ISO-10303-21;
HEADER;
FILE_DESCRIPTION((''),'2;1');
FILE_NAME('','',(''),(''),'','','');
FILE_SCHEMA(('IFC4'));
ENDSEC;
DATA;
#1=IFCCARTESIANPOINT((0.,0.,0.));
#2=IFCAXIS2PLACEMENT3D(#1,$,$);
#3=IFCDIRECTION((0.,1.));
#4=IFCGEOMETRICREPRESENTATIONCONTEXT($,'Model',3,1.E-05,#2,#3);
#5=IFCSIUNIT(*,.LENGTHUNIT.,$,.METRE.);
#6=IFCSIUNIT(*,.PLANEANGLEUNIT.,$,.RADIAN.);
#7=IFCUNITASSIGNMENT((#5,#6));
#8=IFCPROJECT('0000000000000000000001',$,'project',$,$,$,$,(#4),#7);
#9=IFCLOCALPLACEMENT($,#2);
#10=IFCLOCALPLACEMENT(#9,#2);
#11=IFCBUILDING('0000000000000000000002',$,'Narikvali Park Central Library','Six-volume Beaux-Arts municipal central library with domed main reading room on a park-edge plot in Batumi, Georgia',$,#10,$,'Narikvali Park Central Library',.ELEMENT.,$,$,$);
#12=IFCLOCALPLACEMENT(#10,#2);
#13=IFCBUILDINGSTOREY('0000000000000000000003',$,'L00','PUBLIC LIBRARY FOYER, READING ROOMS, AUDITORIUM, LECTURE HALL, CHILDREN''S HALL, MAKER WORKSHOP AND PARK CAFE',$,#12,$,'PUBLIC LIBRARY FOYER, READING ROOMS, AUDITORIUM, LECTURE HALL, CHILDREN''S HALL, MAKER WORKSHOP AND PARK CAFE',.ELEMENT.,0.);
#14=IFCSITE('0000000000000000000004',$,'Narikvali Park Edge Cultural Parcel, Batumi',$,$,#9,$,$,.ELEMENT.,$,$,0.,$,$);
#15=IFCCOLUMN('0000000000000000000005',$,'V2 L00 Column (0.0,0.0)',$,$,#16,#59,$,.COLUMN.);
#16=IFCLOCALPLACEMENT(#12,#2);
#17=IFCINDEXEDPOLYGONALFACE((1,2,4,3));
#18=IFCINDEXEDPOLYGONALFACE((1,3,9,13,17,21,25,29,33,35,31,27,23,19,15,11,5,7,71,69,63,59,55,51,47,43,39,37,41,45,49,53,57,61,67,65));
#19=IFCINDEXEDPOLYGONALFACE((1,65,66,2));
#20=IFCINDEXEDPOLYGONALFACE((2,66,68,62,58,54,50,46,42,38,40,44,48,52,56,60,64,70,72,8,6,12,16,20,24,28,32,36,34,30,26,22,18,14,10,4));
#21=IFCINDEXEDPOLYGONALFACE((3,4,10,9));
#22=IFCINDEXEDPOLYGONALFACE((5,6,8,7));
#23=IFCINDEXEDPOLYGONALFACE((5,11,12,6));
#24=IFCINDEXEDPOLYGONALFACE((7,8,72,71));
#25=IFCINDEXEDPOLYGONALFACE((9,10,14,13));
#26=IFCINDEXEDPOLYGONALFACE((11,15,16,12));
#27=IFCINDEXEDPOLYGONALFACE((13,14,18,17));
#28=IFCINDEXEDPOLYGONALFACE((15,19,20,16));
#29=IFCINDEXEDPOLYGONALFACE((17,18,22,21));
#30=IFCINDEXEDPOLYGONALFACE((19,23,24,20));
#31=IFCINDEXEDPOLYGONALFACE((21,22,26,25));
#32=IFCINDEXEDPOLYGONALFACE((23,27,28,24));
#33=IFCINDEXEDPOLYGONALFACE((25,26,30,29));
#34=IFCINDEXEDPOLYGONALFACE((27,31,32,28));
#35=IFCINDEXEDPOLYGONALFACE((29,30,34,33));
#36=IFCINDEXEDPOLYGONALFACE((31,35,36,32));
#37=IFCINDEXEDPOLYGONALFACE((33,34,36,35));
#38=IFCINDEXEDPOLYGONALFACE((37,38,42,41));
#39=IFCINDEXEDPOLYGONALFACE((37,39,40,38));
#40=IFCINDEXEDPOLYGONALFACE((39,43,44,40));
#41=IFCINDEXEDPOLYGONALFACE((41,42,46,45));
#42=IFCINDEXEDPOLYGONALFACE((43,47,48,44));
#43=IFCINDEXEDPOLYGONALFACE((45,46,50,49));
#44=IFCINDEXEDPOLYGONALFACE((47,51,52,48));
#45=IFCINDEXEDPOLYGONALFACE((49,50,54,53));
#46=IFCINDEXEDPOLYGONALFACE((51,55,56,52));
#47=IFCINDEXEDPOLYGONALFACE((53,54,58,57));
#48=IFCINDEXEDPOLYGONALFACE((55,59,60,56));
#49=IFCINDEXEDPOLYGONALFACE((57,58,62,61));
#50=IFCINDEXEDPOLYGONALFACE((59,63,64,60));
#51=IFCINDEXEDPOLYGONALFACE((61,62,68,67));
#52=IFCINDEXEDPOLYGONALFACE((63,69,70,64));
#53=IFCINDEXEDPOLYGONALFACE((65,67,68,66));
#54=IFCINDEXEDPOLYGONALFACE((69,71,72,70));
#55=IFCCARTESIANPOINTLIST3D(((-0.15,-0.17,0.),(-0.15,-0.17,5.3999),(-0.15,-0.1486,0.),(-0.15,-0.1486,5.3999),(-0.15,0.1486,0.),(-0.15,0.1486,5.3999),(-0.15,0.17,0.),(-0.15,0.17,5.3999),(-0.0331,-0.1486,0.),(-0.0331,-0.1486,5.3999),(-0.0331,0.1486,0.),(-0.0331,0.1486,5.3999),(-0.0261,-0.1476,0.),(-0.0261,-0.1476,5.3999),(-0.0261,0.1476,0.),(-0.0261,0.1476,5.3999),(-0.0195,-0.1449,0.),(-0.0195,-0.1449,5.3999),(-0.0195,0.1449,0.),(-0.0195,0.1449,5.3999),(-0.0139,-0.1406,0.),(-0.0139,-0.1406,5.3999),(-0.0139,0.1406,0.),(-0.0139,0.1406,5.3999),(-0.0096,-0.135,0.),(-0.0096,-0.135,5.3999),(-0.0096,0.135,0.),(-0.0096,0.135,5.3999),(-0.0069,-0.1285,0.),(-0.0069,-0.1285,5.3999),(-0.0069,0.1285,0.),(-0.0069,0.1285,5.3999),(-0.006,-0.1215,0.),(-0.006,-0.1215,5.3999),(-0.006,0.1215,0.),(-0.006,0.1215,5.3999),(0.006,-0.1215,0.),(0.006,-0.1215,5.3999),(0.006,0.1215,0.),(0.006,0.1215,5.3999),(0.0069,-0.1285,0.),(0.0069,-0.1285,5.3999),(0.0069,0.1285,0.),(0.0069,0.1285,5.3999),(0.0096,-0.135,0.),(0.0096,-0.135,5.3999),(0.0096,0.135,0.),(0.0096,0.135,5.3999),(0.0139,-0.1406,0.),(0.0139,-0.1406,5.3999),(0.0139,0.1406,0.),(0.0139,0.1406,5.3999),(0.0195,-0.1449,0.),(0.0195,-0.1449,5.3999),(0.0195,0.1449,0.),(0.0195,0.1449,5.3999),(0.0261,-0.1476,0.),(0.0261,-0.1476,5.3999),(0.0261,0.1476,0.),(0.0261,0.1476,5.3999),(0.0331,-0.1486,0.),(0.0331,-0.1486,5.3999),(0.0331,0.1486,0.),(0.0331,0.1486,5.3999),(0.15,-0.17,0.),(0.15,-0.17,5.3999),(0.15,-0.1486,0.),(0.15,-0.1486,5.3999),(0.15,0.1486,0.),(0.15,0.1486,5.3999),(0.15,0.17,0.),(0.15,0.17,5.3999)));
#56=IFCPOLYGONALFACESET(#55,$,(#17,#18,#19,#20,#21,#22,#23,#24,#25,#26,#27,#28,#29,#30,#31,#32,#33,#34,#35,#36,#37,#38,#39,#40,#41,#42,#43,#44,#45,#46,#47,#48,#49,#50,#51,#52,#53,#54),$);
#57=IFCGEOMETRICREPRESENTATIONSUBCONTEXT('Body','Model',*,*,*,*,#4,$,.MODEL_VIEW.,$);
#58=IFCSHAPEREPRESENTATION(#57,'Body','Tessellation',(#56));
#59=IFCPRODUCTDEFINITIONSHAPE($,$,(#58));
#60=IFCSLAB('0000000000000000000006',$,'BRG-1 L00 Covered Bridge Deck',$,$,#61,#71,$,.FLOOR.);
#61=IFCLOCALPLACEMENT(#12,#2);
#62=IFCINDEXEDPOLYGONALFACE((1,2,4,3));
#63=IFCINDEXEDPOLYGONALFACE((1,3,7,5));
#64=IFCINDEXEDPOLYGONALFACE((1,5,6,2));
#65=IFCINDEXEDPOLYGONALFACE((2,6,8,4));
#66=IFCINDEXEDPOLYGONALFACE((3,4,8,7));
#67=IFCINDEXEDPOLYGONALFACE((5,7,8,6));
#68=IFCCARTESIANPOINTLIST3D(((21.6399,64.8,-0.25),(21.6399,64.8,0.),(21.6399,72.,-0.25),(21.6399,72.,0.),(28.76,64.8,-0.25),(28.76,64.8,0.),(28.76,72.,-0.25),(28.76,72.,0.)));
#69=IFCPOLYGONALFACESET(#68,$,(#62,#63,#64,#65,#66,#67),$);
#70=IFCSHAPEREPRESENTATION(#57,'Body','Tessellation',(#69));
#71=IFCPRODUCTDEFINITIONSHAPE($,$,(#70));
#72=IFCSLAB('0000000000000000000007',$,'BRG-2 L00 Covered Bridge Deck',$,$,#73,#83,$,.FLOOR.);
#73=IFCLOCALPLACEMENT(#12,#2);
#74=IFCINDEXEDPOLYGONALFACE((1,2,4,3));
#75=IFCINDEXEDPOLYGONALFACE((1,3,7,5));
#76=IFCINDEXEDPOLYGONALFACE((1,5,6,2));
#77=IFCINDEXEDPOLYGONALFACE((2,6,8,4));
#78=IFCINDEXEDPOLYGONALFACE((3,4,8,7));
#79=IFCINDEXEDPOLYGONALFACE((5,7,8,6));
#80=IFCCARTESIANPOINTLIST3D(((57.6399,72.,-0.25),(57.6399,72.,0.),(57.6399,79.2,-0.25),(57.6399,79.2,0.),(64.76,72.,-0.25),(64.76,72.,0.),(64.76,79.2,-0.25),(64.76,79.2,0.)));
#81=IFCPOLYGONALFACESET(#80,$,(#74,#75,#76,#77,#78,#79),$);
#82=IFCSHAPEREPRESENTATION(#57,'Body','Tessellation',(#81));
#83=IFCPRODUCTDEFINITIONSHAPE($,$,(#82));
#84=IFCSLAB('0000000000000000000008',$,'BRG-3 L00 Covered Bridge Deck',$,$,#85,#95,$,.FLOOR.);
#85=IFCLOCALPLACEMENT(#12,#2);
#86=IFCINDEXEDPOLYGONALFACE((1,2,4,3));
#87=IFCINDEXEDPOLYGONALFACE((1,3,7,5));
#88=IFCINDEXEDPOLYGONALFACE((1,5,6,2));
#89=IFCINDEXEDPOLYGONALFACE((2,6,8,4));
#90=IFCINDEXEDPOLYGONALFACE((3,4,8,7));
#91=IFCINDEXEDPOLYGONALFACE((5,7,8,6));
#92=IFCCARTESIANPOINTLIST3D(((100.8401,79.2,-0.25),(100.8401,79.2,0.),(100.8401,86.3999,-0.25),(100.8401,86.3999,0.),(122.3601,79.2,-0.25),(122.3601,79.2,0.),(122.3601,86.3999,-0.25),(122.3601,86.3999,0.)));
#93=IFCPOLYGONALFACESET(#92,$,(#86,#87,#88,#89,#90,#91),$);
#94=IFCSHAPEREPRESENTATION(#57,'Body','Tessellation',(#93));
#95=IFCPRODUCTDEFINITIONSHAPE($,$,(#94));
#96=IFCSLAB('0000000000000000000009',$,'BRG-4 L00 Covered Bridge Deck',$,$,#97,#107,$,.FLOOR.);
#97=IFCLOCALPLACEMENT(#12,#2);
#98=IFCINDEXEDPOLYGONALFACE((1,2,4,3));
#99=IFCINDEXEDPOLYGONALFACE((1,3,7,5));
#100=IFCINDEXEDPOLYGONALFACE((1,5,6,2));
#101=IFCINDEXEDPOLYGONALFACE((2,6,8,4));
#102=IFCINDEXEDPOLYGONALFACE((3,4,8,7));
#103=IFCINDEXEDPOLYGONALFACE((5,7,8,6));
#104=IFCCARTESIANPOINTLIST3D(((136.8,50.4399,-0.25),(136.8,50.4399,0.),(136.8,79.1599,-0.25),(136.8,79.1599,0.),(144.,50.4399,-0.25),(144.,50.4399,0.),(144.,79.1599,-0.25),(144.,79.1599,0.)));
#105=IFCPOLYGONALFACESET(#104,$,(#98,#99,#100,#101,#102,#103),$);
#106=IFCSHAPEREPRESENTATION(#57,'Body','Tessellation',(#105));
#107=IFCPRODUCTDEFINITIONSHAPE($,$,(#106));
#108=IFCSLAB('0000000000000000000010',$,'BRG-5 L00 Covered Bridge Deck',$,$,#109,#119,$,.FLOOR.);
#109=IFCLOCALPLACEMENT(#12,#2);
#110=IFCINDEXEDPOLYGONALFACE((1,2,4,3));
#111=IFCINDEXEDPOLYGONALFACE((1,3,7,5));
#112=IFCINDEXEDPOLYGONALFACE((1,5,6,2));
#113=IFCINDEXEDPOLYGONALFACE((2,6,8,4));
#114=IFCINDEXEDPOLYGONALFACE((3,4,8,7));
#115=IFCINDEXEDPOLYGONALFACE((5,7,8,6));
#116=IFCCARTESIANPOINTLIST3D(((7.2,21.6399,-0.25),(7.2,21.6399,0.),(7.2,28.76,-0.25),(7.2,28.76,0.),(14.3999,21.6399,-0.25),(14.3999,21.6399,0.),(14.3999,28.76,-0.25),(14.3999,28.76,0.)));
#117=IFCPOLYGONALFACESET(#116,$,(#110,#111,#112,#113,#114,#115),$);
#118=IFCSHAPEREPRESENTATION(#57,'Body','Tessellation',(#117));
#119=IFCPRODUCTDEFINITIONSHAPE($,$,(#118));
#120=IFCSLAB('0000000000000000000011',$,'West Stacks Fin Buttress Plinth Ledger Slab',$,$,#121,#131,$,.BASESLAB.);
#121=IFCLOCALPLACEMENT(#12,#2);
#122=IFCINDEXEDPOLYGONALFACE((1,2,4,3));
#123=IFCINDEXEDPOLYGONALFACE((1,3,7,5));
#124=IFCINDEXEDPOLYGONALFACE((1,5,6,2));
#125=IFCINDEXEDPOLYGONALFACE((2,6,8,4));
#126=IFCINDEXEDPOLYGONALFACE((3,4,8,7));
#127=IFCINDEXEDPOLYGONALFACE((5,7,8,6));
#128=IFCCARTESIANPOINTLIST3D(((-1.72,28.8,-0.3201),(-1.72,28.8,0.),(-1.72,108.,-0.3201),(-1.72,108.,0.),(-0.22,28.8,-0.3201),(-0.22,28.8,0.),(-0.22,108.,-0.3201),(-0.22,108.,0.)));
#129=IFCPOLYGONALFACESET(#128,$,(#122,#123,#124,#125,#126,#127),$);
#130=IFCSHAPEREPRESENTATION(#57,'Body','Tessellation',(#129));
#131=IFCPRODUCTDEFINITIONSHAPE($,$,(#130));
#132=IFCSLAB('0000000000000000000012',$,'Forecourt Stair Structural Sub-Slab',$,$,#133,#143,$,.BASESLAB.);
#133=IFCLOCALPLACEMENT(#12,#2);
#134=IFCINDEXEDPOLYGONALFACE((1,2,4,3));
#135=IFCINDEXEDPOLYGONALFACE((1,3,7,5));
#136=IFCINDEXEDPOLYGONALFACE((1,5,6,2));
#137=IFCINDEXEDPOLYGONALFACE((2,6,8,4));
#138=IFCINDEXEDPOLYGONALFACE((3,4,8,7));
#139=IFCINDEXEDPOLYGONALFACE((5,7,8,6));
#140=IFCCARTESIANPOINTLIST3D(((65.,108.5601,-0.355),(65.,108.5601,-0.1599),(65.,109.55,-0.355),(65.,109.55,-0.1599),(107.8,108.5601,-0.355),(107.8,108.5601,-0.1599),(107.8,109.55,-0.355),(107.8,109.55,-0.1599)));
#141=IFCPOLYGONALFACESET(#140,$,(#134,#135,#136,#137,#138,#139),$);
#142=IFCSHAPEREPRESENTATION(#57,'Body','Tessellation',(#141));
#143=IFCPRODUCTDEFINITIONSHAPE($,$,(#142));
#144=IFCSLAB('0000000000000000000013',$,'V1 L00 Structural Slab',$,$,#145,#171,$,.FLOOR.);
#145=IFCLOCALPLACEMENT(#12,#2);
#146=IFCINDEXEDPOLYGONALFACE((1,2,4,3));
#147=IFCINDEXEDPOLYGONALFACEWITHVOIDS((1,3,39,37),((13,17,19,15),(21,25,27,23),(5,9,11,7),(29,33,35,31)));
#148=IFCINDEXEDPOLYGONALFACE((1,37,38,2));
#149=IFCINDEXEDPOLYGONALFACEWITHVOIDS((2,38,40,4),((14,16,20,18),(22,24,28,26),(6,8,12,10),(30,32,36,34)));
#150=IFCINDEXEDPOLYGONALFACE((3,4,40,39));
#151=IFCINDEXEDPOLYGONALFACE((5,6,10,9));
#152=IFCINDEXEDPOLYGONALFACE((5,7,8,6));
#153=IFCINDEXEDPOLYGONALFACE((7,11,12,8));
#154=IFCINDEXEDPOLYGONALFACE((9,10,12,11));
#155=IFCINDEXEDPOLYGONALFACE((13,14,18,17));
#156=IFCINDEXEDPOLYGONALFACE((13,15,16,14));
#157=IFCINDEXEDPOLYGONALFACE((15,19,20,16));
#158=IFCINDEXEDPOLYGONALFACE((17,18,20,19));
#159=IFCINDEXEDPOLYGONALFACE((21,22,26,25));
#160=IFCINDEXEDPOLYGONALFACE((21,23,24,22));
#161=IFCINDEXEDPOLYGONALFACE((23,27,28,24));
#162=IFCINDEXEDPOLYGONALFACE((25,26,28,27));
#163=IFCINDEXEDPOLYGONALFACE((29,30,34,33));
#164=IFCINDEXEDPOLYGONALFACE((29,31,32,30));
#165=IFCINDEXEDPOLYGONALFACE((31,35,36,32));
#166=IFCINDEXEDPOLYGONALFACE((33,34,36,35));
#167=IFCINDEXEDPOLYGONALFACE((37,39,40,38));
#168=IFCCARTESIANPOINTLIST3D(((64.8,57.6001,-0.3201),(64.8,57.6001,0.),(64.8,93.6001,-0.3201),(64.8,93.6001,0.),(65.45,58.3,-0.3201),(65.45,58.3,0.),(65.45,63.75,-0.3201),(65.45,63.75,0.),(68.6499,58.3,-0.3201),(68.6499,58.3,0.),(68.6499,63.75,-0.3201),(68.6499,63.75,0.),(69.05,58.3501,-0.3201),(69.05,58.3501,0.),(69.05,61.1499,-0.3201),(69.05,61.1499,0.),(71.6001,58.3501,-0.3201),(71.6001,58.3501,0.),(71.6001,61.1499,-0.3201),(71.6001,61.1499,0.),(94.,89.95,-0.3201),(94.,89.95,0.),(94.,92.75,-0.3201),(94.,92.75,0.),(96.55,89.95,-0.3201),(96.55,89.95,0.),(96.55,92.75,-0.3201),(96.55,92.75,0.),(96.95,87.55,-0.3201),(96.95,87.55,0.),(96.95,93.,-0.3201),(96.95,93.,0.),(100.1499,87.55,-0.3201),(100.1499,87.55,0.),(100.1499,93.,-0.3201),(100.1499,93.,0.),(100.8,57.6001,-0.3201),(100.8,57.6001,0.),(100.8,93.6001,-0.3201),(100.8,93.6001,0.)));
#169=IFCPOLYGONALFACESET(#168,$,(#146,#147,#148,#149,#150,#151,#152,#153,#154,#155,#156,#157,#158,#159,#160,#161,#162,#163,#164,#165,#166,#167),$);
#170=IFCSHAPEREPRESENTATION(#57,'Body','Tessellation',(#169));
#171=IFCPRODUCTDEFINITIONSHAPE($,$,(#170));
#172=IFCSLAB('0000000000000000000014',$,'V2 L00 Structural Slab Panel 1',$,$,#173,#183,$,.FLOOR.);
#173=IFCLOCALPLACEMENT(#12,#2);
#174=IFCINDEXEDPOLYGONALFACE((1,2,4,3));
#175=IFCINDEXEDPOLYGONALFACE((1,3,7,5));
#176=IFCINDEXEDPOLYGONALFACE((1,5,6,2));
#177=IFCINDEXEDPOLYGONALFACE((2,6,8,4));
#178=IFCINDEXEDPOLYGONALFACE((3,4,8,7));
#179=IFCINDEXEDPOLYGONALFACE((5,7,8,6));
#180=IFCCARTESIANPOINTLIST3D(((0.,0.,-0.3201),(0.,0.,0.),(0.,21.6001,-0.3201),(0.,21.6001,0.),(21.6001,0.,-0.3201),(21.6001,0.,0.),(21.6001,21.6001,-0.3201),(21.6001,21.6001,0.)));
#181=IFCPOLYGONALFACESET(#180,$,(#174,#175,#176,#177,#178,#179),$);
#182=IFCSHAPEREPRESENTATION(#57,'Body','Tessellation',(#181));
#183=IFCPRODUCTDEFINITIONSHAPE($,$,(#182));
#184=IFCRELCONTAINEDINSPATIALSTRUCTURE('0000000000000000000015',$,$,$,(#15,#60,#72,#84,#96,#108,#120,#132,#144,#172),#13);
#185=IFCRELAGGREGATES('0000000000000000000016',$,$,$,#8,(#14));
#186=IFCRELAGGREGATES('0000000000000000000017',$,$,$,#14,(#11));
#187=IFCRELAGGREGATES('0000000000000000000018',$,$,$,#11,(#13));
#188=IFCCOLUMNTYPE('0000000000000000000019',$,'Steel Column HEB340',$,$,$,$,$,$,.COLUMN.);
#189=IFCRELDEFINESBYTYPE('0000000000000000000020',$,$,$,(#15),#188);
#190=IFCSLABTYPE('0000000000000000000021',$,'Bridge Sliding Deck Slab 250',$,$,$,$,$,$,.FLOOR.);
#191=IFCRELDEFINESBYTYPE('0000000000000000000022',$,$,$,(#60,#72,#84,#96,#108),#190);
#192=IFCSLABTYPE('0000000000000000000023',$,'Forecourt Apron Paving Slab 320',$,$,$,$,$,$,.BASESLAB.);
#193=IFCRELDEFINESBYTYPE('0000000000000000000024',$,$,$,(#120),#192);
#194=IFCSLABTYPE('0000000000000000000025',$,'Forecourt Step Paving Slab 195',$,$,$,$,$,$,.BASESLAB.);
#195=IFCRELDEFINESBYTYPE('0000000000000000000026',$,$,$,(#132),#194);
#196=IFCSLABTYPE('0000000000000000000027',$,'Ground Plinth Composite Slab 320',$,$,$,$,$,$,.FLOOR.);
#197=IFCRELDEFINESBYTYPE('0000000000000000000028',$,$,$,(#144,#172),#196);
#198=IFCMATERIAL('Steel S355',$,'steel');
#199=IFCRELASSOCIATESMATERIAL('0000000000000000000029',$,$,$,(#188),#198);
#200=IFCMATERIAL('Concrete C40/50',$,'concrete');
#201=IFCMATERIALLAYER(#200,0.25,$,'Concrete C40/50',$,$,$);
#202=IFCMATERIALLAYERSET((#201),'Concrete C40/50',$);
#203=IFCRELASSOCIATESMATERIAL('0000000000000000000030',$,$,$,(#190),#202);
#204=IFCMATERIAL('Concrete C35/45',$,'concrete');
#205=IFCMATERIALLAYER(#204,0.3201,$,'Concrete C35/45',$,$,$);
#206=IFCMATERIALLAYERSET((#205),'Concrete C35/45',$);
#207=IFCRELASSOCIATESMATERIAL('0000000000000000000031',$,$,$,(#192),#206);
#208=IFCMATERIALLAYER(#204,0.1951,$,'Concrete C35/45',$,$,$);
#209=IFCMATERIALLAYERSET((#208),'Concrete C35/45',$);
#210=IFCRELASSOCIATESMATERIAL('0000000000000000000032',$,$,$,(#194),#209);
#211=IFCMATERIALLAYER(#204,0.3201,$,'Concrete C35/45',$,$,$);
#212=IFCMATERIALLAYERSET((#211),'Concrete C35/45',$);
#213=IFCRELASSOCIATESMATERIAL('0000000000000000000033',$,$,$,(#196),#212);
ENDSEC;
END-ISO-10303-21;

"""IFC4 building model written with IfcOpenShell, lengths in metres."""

from ifc_helpers import new_model, si_unit, direction, frame, origin, origin_with_axes, origin_2d, place, context, subcontext, project, spatial, polyline, i_section, outline, extrude, material, layer, layer_set, material_profile, profile_set, type_object, element, save


model = new_model("IFC4")

# Units and contexts
model_context = context("Model", 3, precision=1e-05, world=origin(), true_north=direction((0.0, 1.0)))
body_context = subcontext(model_context, "Body", "Model", "MODEL_VIEW")
ifc_project = project(units=[si_unit("LENGTHUNIT", "METRE"), si_unit("PLANEANGLEUNIT", "RADIAN")], contexts=[model_context])

# Site, building, storey
site_placement = place(None, origin())
site = spatial("IfcSite", under=ifc_project, at=site_placement, Name="Narikvali Park Edge Cultural Parcel, Batumi", CompositionType="ELEMENT", RefElevation=0.0)
building_placement = place(site_placement, origin())
building = spatial("IfcBuilding", under=site, at=building_placement, Name="Narikvali Park Central Library", Description="Six-volume Beaux-Arts municipal central library with domed main reading room on a park-edge plot in Batumi, Georgia", LongName="Narikvali Park Central Library", CompositionType="ELEMENT")
storey_placement = place(building_placement, origin())
storey = spatial("IfcBuildingStorey", under=building, at=storey_placement, Name="L00", Description="PUBLIC LIBRARY FOYER, READING ROOMS, AUDITORIUM, LECTURE HALL, CHILDREN'S HALL, MAKER WORKSHOP AND PARK CAFE", LongName="PUBLIC LIBRARY FOYER, READING ROOMS, AUDITORIUM, LECTURE HALL, CHILDREN'S HALL, MAKER WORKSHOP AND PARK CAFE", CompositionType="ELEMENT", Elevation=0.0)

# Column
ifc_material_1 = material(Name="Steel S355", Category="steel")
ifc_material_profile = material_profile(ifc_material_1, i_section(OverallWidth=0.3, OverallDepth=0.3401, WebThickness=0.012, FlangeThickness=0.0215, FilletRadius=0.0271, at=origin_2d()), Name="HEB 340")
ifc_profile_set = profile_set([ifc_material_profile], Name="Steel S355")
column_type = type_object("IfcColumnType", Name="Steel Column HEB340", PredefinedType="COLUMN", material=ifc_profile_set)
column_placement = place(storey_placement, origin_with_axes())
element("IfcColumn", 1, at=column_placement, inside=storey, type_object=column_type, Name="V2 L00 Column (0.0,0.0)", PredefinedType="COLUMN", context=body_context, shape_type="SweptSolid", body=[
    extrude(i_section(OverallWidth=0.3, OverallDepth=0.3401, WebThickness=0.012, FlangeThickness=0.0215, FilletRadius=0.0271, at=origin_2d()), origin(), (0.0, 0.0, 1.0), 5.3999),
])

# Slabs
ifc_material_2 = material(Name="Concrete C40/50", Category="concrete")
ifc_layer_1 = layer(ifc_material_2, 0.25, Name="Concrete C40/50")
ifc_layer_set_1 = layer_set([ifc_layer_1], Name="Concrete C40/50")
slab_type_1 = type_object("IfcSlabType", Name="Bridge Sliding Deck Slab 250", PredefinedType="FLOOR", material=ifc_layer_set_1)
slab_1_placement = place(storey_placement, frame((0.0, 0.0, -0.25)))
element("IfcSlab", 2, at=slab_1_placement, inside=storey, type_object=slab_type_1, Name="BRG-1 L00 Covered Bridge Deck", PredefinedType="FLOOR", context=body_context, shape_type="SweptSolid", body=[
    extrude(outline(polyline([(21.6399, 64.8), (28.76, 64.8), (28.76, 72.0), (21.6399, 72.0), (21.6399, 64.8)])), origin(), (0.0, 0.0, 1.0), 0.25),
])
slab_2_placement = place(storey_placement, frame((0.0, 0.0, -0.25)))
element("IfcSlab", 3, at=slab_2_placement, inside=storey, type_object=slab_type_1, Name="BRG-2 L00 Covered Bridge Deck", PredefinedType="FLOOR", context=body_context, shape_type="SweptSolid", body=[
    extrude(outline(polyline([(57.6399, 72.0), (64.76, 72.0), (64.76, 79.2), (57.6399, 79.2), (57.6399, 72.0)])), origin(), (0.0, 0.0, 1.0), 0.25),
])
slab_3_placement = place(storey_placement, frame((0.0, 0.0, -0.25)))
element("IfcSlab", 4, at=slab_3_placement, inside=storey, type_object=slab_type_1, Name="BRG-3 L00 Covered Bridge Deck", PredefinedType="FLOOR", context=body_context, shape_type="SweptSolid", body=[
    extrude(outline(polyline([(100.8401, 79.2), (122.3601, 79.2), (122.3601, 86.3999), (100.8401, 86.3999), (100.8401, 79.2)])), origin(), (0.0, 0.0, 1.0), 0.25),
])
slab_4_placement = place(storey_placement, frame((0.0, 0.0, -0.25)))
element("IfcSlab", 5, at=slab_4_placement, inside=storey, type_object=slab_type_1, Name="BRG-4 L00 Covered Bridge Deck", PredefinedType="FLOOR", context=body_context, shape_type="SweptSolid", body=[
    extrude(outline(polyline([(136.8, 50.4399), (144.0, 50.4399), (144.0, 79.1599), (136.8, 79.1599), (136.8, 50.4399)])), origin(), (0.0, 0.0, 1.0), 0.25),
])
slab_5_placement = place(storey_placement, frame((0.0, 0.0, -0.25)))
element("IfcSlab", 6, at=slab_5_placement, inside=storey, type_object=slab_type_1, Name="BRG-5 L00 Covered Bridge Deck", PredefinedType="FLOOR", context=body_context, shape_type="SweptSolid", body=[
    extrude(outline(polyline([(7.2, 21.6399), (14.3999, 21.6399), (14.3999, 28.76), (7.2, 28.76), (7.2, 21.6399)])), origin(), (0.0, 0.0, 1.0), 0.25),
])
ifc_material_3 = material(Name="Concrete C35/45", Category="concrete")
ifc_layer_2 = layer(ifc_material_3, 0.3201, Name="Concrete C35/45")
ifc_layer_set_2 = layer_set([ifc_layer_2], Name="Concrete C35/45")
slab_type_2 = type_object("IfcSlabType", Name="Forecourt Apron Paving Slab 320", PredefinedType="BASESLAB", material=ifc_layer_set_2)
slab_6_placement = place(storey_placement, frame((0.0, 0.0, -0.3201)))
element("IfcSlab", 7, at=slab_6_placement, inside=storey, type_object=slab_type_2, Name="West Stacks Fin Buttress Plinth Ledger Slab", PredefinedType="BASESLAB", context=body_context, shape_type="SweptSolid", body=[
    extrude(outline(polyline([(-1.72, 28.8), (-0.22, 28.8), (-0.22, 108.0), (-1.72, 108.0), (-1.72, 28.8)])), origin(), (0.0, 0.0, 1.0), 0.3201),
])
ifc_layer_3 = layer(ifc_material_3, 0.1951, Name="Concrete C35/45")
ifc_layer_set_3 = layer_set([ifc_layer_3], Name="Concrete C35/45")
slab_type_3 = type_object("IfcSlabType", Name="Forecourt Step Paving Slab 195", PredefinedType="BASESLAB", material=ifc_layer_set_3)
slab_7_placement = place(storey_placement, frame((0.0, 0.0, -0.355)))
element("IfcSlab", 8, at=slab_7_placement, inside=storey, type_object=slab_type_3, Name="Forecourt Stair Structural Sub-Slab", PredefinedType="BASESLAB", context=body_context, shape_type="SweptSolid", body=[
    extrude(outline(polyline([(65.0, 108.5601), (107.8, 108.5601), (107.8, 109.55), (65.0, 109.55), (65.0, 108.5601)])), origin(), (0.0, 0.0, 1.0), 0.1951),
])
ifc_layer_4 = layer(ifc_material_3, 0.3201, Name="Concrete C35/45")
ifc_layer_set_4 = layer_set([ifc_layer_4], Name="Concrete C35/45")
slab_type_4 = type_object("IfcSlabType", Name="Ground Plinth Composite Slab 320", PredefinedType="FLOOR", material=ifc_layer_set_4)
slab_8_placement = place(storey_placement, frame((0.0, 0.0, -0.3201)))
element("IfcSlab", 9, at=slab_8_placement, inside=storey, type_object=slab_type_4, Name="V1 L00 Structural Slab", PredefinedType="FLOOR", context=body_context, shape_type="SweptSolid", body=[
    extrude(outline(polyline([(64.8, 57.6001), (100.8, 57.6001), (100.8, 93.6001), (64.8, 93.6001), (64.8, 57.6001)]), holes=[polyline([(65.45, 58.3), (68.6499, 58.3), (68.6499, 63.75), (65.45, 63.75), (65.45, 58.3)]), polyline([(69.05, 58.3501), (71.6001, 58.3501), (71.6001, 61.1499), (69.05, 61.1499), (69.05, 58.3501)]), polyline([(96.95, 87.55), (100.1499, 87.55), (100.1499, 93.0), (96.95, 93.0), (96.95, 87.55)]), polyline([(94.0, 89.95), (96.55, 89.95), (96.55, 92.75), (94.0, 92.75), (94.0, 89.95)])]), origin(), (0.0, 0.0, 1.0), 0.3201),
])
slab_9_placement = place(storey_placement, frame((0.0, 0.0, -0.3201)))
element("IfcSlab", 10, at=slab_9_placement, inside=storey, type_object=slab_type_4, Name="V2 L00 Structural Slab Panel 1", PredefinedType="FLOOR", context=body_context, shape_type="SweptSolid", body=[
    extrude(outline(polyline([(0.0, 0.0), (21.6001, 0.0), (21.6001, 21.6001), (0.0, 21.6001), (0.0, 0.0)])), origin(), (0.0, 0.0, 1.0), 0.3201),
])

save(model, "model.ifc")
